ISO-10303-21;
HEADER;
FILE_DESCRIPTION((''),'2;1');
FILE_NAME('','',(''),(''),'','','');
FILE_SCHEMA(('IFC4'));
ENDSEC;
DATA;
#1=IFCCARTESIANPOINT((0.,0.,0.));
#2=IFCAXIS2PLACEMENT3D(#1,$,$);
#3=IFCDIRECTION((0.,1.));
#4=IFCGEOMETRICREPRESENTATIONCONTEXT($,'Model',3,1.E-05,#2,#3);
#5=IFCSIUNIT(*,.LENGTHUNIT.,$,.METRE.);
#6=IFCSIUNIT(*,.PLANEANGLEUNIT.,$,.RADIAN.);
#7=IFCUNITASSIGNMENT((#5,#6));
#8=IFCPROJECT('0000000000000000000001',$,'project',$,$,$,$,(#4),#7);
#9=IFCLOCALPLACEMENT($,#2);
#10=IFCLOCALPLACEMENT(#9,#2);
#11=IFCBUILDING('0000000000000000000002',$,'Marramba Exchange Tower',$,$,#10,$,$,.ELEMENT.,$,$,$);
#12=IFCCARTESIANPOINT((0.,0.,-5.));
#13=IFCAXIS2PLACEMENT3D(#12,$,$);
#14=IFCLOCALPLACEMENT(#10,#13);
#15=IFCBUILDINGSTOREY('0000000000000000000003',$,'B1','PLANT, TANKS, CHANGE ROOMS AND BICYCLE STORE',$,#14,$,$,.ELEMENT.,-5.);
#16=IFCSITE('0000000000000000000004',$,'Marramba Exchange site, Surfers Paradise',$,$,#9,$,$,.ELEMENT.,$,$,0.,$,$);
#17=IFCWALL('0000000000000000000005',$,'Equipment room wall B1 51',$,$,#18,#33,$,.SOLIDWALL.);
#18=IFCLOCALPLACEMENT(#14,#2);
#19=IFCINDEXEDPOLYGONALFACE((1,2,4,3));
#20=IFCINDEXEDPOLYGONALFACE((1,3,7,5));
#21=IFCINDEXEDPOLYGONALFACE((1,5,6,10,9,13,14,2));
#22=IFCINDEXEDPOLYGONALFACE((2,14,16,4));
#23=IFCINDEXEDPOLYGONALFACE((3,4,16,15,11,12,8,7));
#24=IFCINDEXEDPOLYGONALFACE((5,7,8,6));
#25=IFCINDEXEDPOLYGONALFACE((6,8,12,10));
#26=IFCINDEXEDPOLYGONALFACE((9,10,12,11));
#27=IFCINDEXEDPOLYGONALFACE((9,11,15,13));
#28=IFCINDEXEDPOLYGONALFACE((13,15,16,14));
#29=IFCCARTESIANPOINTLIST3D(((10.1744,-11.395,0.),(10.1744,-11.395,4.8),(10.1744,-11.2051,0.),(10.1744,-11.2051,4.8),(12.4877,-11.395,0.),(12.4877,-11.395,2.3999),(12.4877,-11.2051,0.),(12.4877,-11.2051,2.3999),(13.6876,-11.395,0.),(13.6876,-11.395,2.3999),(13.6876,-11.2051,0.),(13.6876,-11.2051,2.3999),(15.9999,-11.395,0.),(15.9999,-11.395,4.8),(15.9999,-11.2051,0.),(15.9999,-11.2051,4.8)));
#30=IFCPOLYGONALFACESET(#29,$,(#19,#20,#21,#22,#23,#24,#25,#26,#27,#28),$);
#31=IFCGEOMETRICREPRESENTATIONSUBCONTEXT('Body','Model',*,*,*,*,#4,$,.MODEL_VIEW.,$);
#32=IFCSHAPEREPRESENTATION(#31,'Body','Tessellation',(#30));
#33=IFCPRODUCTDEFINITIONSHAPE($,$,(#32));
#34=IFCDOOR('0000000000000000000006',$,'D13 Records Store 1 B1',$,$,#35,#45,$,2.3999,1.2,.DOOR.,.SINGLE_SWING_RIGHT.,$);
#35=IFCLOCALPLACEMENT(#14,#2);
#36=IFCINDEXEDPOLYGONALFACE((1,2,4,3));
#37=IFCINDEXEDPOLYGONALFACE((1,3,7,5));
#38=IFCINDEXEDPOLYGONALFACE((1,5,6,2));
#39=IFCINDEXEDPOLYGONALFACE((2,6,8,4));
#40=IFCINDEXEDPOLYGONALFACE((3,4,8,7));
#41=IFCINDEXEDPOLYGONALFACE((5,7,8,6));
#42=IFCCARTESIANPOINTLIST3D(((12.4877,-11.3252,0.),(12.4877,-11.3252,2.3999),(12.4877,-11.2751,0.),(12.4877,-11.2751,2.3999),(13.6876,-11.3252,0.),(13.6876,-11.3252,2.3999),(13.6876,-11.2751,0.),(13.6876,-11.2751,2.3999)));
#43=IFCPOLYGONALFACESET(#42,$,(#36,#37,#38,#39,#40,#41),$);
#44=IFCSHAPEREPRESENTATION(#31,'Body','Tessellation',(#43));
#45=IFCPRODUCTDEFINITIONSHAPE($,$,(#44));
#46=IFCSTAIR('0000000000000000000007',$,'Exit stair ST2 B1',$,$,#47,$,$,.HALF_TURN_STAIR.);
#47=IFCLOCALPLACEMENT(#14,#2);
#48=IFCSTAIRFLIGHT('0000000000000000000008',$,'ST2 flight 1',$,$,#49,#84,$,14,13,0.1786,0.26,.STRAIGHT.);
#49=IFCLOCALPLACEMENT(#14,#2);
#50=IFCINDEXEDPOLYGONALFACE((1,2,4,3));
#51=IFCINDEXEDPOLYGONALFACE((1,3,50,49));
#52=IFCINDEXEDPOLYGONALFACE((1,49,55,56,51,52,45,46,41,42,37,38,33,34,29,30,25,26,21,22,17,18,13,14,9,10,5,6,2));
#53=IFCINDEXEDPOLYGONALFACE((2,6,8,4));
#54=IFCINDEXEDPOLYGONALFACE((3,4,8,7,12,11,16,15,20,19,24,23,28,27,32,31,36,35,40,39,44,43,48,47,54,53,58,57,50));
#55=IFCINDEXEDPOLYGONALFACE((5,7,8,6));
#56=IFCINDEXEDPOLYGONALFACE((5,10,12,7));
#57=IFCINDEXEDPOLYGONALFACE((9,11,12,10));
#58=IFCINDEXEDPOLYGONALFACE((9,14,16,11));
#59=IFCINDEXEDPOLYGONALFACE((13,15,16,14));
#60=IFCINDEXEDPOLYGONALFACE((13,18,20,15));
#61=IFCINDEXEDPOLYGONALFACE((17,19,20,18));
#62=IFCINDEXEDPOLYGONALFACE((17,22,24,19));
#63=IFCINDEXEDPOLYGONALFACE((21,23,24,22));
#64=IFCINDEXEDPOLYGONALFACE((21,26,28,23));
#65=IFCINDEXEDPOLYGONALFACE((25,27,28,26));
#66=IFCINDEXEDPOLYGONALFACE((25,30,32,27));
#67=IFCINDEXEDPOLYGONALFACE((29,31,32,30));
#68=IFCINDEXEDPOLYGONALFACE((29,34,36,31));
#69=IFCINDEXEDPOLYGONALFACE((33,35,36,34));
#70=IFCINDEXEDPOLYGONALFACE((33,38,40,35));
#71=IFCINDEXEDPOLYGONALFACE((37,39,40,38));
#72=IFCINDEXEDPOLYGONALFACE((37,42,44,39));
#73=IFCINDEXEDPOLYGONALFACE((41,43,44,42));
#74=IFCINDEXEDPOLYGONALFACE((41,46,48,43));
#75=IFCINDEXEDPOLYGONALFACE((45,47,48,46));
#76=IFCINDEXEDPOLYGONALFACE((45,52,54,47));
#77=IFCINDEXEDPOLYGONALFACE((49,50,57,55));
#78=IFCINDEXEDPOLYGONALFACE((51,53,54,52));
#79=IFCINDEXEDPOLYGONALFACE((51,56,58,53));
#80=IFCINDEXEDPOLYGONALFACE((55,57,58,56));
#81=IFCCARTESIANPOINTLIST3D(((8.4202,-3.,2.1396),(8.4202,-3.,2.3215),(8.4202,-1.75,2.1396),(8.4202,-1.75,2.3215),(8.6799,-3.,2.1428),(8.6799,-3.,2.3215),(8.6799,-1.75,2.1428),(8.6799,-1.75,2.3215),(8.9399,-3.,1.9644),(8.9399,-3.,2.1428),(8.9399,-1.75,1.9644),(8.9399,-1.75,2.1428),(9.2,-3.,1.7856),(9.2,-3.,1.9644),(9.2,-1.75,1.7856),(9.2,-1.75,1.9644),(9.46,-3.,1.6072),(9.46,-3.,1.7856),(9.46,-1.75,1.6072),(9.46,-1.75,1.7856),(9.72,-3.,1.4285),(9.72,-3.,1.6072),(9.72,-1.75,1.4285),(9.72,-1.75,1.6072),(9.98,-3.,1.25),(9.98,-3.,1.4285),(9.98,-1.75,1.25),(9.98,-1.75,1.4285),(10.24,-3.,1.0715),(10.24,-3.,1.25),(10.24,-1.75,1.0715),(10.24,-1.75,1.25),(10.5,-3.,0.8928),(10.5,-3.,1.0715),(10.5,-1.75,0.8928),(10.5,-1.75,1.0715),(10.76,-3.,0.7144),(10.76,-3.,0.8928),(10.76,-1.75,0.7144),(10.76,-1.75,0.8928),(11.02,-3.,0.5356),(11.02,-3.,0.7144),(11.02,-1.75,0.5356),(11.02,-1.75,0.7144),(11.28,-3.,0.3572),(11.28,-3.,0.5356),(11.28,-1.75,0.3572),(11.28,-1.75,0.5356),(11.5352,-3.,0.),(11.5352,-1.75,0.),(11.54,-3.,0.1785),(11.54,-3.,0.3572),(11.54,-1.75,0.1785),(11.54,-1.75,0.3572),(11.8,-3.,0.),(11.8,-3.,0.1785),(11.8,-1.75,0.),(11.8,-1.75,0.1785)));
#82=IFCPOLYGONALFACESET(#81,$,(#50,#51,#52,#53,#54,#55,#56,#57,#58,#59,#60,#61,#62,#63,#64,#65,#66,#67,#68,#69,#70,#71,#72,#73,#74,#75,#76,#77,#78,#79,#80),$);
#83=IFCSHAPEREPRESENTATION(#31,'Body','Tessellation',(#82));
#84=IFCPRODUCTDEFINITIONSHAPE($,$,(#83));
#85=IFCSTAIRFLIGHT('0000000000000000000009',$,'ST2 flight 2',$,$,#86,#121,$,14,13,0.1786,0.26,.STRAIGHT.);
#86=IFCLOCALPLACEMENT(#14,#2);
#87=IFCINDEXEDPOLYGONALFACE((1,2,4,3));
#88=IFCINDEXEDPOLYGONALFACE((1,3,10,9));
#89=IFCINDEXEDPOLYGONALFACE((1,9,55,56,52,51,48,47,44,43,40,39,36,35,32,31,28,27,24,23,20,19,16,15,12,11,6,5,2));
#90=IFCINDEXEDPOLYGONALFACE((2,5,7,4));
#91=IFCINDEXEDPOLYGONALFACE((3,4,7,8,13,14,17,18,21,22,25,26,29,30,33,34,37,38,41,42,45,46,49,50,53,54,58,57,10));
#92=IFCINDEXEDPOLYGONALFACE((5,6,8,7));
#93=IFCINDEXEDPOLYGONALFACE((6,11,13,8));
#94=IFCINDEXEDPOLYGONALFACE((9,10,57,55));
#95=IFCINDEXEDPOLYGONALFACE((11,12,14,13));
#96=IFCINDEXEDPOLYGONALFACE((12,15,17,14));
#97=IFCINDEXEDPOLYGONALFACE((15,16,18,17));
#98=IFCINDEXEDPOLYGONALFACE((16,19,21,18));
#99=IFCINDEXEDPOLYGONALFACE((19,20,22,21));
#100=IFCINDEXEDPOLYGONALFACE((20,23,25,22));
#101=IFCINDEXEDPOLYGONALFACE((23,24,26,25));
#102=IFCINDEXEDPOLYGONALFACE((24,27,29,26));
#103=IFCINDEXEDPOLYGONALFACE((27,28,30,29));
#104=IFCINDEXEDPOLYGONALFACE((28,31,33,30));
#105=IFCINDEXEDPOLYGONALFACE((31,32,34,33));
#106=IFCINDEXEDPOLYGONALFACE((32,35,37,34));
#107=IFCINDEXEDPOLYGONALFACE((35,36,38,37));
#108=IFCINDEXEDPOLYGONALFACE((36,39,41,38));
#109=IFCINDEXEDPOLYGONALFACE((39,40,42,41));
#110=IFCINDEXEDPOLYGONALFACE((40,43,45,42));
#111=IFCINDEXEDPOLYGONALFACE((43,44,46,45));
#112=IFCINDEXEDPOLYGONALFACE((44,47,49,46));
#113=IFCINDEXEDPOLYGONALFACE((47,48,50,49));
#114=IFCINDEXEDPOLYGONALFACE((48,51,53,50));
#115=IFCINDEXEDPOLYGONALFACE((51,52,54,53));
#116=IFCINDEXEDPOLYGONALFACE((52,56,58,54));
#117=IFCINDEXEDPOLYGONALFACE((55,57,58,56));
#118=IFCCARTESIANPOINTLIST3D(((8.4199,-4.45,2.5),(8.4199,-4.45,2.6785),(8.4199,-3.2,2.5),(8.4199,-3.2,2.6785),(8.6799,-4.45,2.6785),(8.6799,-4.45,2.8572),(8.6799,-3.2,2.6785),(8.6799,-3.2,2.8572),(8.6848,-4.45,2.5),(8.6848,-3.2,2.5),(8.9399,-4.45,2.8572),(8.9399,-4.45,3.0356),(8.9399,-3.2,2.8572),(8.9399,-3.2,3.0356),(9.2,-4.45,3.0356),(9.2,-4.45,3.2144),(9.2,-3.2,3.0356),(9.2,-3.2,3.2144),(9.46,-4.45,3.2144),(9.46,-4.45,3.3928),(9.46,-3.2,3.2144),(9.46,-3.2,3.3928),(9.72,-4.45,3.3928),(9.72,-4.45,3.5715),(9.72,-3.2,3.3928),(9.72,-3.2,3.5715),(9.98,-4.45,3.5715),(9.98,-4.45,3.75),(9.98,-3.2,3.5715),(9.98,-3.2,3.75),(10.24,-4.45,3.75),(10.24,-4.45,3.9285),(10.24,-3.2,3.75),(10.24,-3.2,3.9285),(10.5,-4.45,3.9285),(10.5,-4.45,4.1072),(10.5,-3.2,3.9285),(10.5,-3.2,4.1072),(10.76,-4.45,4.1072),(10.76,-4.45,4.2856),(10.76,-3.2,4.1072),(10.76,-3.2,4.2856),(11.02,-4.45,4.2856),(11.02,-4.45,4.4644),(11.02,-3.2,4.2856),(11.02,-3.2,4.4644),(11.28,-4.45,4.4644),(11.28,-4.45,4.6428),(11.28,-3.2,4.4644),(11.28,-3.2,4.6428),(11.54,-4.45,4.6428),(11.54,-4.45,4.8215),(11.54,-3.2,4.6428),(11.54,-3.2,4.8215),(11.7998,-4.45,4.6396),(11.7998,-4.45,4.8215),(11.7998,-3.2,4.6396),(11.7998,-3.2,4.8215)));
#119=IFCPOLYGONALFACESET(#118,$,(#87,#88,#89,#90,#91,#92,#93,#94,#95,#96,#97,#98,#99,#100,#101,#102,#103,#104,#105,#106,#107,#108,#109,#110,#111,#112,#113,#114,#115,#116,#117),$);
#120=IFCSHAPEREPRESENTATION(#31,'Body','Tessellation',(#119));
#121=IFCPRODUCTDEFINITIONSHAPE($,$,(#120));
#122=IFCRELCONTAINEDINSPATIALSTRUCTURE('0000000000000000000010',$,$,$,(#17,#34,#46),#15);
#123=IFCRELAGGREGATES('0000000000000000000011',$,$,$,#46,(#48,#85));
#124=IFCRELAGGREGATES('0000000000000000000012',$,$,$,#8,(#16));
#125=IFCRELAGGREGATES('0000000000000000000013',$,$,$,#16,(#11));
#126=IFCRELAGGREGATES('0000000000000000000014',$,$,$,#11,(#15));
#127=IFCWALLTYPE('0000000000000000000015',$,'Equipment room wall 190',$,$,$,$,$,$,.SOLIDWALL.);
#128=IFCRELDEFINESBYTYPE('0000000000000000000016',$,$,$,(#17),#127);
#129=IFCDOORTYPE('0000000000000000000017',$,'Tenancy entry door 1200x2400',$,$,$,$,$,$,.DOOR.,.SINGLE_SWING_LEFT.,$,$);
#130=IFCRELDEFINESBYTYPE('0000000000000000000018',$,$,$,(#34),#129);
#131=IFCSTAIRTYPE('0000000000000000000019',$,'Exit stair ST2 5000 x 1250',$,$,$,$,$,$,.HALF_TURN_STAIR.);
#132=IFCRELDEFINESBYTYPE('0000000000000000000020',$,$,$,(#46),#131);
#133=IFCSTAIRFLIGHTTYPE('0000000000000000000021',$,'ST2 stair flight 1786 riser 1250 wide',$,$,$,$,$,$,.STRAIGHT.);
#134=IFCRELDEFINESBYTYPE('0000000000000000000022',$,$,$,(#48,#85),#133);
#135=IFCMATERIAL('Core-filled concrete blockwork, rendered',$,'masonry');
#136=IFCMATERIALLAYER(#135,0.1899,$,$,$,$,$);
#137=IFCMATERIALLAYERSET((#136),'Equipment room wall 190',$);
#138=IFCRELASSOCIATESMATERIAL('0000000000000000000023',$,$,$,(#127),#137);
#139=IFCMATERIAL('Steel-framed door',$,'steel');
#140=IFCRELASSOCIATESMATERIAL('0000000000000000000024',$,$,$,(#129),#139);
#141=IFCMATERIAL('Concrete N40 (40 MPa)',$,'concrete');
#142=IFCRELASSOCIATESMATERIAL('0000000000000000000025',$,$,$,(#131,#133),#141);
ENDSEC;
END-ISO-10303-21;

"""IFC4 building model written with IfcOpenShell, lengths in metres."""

from ifc_helpers import new_model, si_unit, direction, frame, frame_2d, origin, place, context, subcontext, project, spatial, polyline, rectangle, outline, extrude, material, layer, layer_set, type_object, element, fill, aggregate, save


model = new_model("IFC4")

# Units and contexts
model_context = context("Model", 3, precision=1e-05, world=origin(), true_north=direction((0.0, 1.0)))
body_context = subcontext(model_context, "Body", "Model", "MODEL_VIEW")
ifc_project = project(units=[si_unit("LENGTHUNIT", "METRE"), si_unit("PLANEANGLEUNIT", "RADIAN")], contexts=[model_context])

# Site, building, storey
site_placement = place(None, origin())
site = spatial("IfcSite", under=ifc_project, at=site_placement, Name="Marramba Exchange site, Surfers Paradise", CompositionType="ELEMENT", RefElevation=0.0)
building_placement = place(site_placement, origin())
building = spatial("IfcBuilding", under=site, at=building_placement, Name="Marramba Exchange Tower", CompositionType="ELEMENT")
storey_placement = place(building_placement, frame((0.0, 0.0, -5.0)))
storey = spatial("IfcBuildingStorey", under=building, at=storey_placement, Name="B1", Description="PLANT, TANKS, CHANGE ROOMS AND BICYCLE STORE", CompositionType="ELEMENT", Elevation=-5.0)

# Shared definitions
ifc_material_1 = material(Name="Steel-framed door", Category="steel")

# Wall, opening, door
ifc_material_2 = material(Name="Core-filled concrete blockwork, rendered", Category="masonry")
ifc_layer_1 = layer(ifc_material_2, 0.1899)
ifc_layer_set_1 = layer_set([ifc_layer_1], Name="Equipment room wall 190")
wall_type_1 = type_object("IfcWallType", Name="Equipment room wall 190", PredefinedType="SOLIDWALL", material=ifc_layer_set_1)
wall_1_placement = place(storey_placement, frame((10.1746, -11.3, 0.0), z_axis=(0.0, 0.0, 1.0), x_axis=(1.0, 0.0, 0.0)))
wall_1 = element("IfcWall", 1, at=wall_1_placement, inside=storey, type_object=wall_type_1, Name="Equipment room wall B1 51", PredefinedType="SOLIDWALL", context=body_context, shape_type="SweptSolid", body=[
    extrude(rectangle(XDim=5.8254, YDim=0.1899, at=frame_2d((2.9126, 0.0))), origin(), (0.0, 0.0, 1.0), 4.8),
])
opening_1_placement = place(wall_1_placement, frame((2.313, 0.0, 0.0)))
opening_1 = element("IfcOpeningElement", 2, at=opening_1_placement, cuts=wall_1, PredefinedType="OPENING", context=body_context, shape_type="SweptSolid", body=[
    extrude(rectangle(XDim=1.2, YDim=2.3999, at=frame_2d((0.6001, 1.2))), frame((0.0, 0.105, 0.0), z_axis=(0.0, -1.0, 0.0), x_axis=(1.0, 0.0, 0.0)), (0.0, 0.0, 1.0), 0.21),
])
door_type_1 = type_object("IfcDoorType", Name="Tenancy entry door 1200x2400", OperationType="SINGLE_SWING_LEFT", PredefinedType="DOOR", material=ifc_material_1)
door_1_placement = place(opening_1_placement, origin())
door_1 = element("IfcDoor", 3, at=door_1_placement, inside=storey, type_object=door_type_1, Name="D13 Records Store 1 B1", OperationType="SINGLE_SWING_RIGHT", OverallHeight=2.3999, OverallWidth=1.2, PredefinedType="DOOR", context=body_context, shape_type="SweptSolid", body=[
    extrude(rectangle(XDim=1.2, YDim=2.3999, at=frame_2d((0.6001, 1.2))), frame((0.0, 0.0249, 0.0), z_axis=(0.0, -1.0, 0.0), x_axis=(1.0, 0.0, 0.0)), (0.0, 0.0, 1.0), 0.05),
])
fill(opening_1, door_1)

# Stair, stair flights
ifc_material_3 = material(Name="Concrete N40 (40 MPa)", Category="concrete")
stair_type = type_object("IfcStairType", Name="Exit stair ST2 5000 x 1250", PredefinedType="HALF_TURN_STAIR", material=ifc_material_3)
stair_placement = place(storey_placement, origin())
stair = element("IfcStair", 4, at=stair_placement, inside=storey, type_object=stair_type, Name="Exit stair ST2 B1", PredefinedType="HALF_TURN_STAIR")
stair_flight_type = type_object("IfcStairFlightType", Name="ST2 stair flight 1786 riser 1250 wide", PredefinedType="STRAIGHT", material=ifc_material_3)
stair_flight_1_placement = place(storey_placement, frame((11.8, -2.375, 0.0), z_axis=(0.0, 0.0, 1.0), x_axis=(-1.0, 0.0, 0.0)))
stair_flight_1 = element("IfcStairFlight", 5, at=stair_flight_1_placement, type_object=stair_flight_type, Name="ST2 flight 1", NumberOfRisers=14, NumberOfTreads=13, PredefinedType="STRAIGHT", RiserHeight=0.1786, TreadLength=0.26, context=body_context, shape_type="SweptSolid", body=[
    extrude(outline(polyline([(0.0, 0.0), (0.0, 0.1785), (0.26, 0.1785), (0.26, 0.3572), (0.52, 0.3572), (0.52, 0.5356), (0.78, 0.5356), (0.78, 0.7144), (1.04, 0.7144), (1.04, 0.8928), (1.3, 0.8928), (1.3, 1.0715), (1.5601, 1.0715), (1.5601, 1.25), (1.8201, 1.25), (1.8201, 1.4285), (2.0801, 1.4285), (2.0801, 1.6072), (2.3401, 1.6072), (2.3401, 1.7856), (2.6001, 1.7856), (2.6001, 1.9644), (2.8601, 1.9644), (2.8601, 2.1428), (3.1201, 2.1428), (3.1201, 2.3215), (3.3799, 2.3215), (3.3799, 2.5), (3.3799, 2.1396), (0.2649, 0.0), (0.0, 0.0)])), frame((0.0, 0.625, 0.0), z_axis=(0.0, -1.0, 0.0), x_axis=(1.0, 0.0, 0.0)), (0.0, 0.0, 1.0), 1.25),
])
stair_flight_2_placement = place(storey_placement, frame((8.4199, -3.825, 2.5), z_axis=(0.0, 0.0, 1.0), x_axis=(1.0, 0.0, 0.0)))
stair_flight_2 = element("IfcStairFlight", 6, at=stair_flight_2_placement, type_object=stair_flight_type, Name="ST2 flight 2", NumberOfRisers=14, NumberOfTreads=13, PredefinedType="STRAIGHT", RiserHeight=0.1786, TreadLength=0.26, context=body_context, shape_type="SweptSolid", body=[
    extrude(outline(polyline([(0.0, 0.0), (0.0, 0.1785), (0.26, 0.1785), (0.26, 0.3572), (0.52, 0.3572), (0.52, 0.5356), (0.78, 0.5356), (0.78, 0.7144), (1.04, 0.7144), (1.04, 0.8928), (1.3, 0.8928), (1.3, 1.0715), (1.5601, 1.0715), (1.5601, 1.25), (1.8201, 1.25), (1.8201, 1.4285), (2.0801, 1.4285), (2.0801, 1.6072), (2.3401, 1.6072), (2.3401, 1.7856), (2.6001, 1.7856), (2.6001, 1.9644), (2.8601, 1.9644), (2.8601, 2.1428), (3.1201, 2.1428), (3.1201, 2.3215), (3.3799, 2.3215), (3.3799, 2.5), (3.3799, 2.1396), (0.2649, 0.0), (0.0, 0.0)])), frame((0.0, 0.625, 0.0), z_axis=(0.0, -1.0, 0.0), x_axis=(1.0, 0.0, 0.0)), (0.0, 0.0, 1.0), 1.25),
])
aggregate(stair, [stair_flight_1, stair_flight_2])

save(model, "model.ifc")
